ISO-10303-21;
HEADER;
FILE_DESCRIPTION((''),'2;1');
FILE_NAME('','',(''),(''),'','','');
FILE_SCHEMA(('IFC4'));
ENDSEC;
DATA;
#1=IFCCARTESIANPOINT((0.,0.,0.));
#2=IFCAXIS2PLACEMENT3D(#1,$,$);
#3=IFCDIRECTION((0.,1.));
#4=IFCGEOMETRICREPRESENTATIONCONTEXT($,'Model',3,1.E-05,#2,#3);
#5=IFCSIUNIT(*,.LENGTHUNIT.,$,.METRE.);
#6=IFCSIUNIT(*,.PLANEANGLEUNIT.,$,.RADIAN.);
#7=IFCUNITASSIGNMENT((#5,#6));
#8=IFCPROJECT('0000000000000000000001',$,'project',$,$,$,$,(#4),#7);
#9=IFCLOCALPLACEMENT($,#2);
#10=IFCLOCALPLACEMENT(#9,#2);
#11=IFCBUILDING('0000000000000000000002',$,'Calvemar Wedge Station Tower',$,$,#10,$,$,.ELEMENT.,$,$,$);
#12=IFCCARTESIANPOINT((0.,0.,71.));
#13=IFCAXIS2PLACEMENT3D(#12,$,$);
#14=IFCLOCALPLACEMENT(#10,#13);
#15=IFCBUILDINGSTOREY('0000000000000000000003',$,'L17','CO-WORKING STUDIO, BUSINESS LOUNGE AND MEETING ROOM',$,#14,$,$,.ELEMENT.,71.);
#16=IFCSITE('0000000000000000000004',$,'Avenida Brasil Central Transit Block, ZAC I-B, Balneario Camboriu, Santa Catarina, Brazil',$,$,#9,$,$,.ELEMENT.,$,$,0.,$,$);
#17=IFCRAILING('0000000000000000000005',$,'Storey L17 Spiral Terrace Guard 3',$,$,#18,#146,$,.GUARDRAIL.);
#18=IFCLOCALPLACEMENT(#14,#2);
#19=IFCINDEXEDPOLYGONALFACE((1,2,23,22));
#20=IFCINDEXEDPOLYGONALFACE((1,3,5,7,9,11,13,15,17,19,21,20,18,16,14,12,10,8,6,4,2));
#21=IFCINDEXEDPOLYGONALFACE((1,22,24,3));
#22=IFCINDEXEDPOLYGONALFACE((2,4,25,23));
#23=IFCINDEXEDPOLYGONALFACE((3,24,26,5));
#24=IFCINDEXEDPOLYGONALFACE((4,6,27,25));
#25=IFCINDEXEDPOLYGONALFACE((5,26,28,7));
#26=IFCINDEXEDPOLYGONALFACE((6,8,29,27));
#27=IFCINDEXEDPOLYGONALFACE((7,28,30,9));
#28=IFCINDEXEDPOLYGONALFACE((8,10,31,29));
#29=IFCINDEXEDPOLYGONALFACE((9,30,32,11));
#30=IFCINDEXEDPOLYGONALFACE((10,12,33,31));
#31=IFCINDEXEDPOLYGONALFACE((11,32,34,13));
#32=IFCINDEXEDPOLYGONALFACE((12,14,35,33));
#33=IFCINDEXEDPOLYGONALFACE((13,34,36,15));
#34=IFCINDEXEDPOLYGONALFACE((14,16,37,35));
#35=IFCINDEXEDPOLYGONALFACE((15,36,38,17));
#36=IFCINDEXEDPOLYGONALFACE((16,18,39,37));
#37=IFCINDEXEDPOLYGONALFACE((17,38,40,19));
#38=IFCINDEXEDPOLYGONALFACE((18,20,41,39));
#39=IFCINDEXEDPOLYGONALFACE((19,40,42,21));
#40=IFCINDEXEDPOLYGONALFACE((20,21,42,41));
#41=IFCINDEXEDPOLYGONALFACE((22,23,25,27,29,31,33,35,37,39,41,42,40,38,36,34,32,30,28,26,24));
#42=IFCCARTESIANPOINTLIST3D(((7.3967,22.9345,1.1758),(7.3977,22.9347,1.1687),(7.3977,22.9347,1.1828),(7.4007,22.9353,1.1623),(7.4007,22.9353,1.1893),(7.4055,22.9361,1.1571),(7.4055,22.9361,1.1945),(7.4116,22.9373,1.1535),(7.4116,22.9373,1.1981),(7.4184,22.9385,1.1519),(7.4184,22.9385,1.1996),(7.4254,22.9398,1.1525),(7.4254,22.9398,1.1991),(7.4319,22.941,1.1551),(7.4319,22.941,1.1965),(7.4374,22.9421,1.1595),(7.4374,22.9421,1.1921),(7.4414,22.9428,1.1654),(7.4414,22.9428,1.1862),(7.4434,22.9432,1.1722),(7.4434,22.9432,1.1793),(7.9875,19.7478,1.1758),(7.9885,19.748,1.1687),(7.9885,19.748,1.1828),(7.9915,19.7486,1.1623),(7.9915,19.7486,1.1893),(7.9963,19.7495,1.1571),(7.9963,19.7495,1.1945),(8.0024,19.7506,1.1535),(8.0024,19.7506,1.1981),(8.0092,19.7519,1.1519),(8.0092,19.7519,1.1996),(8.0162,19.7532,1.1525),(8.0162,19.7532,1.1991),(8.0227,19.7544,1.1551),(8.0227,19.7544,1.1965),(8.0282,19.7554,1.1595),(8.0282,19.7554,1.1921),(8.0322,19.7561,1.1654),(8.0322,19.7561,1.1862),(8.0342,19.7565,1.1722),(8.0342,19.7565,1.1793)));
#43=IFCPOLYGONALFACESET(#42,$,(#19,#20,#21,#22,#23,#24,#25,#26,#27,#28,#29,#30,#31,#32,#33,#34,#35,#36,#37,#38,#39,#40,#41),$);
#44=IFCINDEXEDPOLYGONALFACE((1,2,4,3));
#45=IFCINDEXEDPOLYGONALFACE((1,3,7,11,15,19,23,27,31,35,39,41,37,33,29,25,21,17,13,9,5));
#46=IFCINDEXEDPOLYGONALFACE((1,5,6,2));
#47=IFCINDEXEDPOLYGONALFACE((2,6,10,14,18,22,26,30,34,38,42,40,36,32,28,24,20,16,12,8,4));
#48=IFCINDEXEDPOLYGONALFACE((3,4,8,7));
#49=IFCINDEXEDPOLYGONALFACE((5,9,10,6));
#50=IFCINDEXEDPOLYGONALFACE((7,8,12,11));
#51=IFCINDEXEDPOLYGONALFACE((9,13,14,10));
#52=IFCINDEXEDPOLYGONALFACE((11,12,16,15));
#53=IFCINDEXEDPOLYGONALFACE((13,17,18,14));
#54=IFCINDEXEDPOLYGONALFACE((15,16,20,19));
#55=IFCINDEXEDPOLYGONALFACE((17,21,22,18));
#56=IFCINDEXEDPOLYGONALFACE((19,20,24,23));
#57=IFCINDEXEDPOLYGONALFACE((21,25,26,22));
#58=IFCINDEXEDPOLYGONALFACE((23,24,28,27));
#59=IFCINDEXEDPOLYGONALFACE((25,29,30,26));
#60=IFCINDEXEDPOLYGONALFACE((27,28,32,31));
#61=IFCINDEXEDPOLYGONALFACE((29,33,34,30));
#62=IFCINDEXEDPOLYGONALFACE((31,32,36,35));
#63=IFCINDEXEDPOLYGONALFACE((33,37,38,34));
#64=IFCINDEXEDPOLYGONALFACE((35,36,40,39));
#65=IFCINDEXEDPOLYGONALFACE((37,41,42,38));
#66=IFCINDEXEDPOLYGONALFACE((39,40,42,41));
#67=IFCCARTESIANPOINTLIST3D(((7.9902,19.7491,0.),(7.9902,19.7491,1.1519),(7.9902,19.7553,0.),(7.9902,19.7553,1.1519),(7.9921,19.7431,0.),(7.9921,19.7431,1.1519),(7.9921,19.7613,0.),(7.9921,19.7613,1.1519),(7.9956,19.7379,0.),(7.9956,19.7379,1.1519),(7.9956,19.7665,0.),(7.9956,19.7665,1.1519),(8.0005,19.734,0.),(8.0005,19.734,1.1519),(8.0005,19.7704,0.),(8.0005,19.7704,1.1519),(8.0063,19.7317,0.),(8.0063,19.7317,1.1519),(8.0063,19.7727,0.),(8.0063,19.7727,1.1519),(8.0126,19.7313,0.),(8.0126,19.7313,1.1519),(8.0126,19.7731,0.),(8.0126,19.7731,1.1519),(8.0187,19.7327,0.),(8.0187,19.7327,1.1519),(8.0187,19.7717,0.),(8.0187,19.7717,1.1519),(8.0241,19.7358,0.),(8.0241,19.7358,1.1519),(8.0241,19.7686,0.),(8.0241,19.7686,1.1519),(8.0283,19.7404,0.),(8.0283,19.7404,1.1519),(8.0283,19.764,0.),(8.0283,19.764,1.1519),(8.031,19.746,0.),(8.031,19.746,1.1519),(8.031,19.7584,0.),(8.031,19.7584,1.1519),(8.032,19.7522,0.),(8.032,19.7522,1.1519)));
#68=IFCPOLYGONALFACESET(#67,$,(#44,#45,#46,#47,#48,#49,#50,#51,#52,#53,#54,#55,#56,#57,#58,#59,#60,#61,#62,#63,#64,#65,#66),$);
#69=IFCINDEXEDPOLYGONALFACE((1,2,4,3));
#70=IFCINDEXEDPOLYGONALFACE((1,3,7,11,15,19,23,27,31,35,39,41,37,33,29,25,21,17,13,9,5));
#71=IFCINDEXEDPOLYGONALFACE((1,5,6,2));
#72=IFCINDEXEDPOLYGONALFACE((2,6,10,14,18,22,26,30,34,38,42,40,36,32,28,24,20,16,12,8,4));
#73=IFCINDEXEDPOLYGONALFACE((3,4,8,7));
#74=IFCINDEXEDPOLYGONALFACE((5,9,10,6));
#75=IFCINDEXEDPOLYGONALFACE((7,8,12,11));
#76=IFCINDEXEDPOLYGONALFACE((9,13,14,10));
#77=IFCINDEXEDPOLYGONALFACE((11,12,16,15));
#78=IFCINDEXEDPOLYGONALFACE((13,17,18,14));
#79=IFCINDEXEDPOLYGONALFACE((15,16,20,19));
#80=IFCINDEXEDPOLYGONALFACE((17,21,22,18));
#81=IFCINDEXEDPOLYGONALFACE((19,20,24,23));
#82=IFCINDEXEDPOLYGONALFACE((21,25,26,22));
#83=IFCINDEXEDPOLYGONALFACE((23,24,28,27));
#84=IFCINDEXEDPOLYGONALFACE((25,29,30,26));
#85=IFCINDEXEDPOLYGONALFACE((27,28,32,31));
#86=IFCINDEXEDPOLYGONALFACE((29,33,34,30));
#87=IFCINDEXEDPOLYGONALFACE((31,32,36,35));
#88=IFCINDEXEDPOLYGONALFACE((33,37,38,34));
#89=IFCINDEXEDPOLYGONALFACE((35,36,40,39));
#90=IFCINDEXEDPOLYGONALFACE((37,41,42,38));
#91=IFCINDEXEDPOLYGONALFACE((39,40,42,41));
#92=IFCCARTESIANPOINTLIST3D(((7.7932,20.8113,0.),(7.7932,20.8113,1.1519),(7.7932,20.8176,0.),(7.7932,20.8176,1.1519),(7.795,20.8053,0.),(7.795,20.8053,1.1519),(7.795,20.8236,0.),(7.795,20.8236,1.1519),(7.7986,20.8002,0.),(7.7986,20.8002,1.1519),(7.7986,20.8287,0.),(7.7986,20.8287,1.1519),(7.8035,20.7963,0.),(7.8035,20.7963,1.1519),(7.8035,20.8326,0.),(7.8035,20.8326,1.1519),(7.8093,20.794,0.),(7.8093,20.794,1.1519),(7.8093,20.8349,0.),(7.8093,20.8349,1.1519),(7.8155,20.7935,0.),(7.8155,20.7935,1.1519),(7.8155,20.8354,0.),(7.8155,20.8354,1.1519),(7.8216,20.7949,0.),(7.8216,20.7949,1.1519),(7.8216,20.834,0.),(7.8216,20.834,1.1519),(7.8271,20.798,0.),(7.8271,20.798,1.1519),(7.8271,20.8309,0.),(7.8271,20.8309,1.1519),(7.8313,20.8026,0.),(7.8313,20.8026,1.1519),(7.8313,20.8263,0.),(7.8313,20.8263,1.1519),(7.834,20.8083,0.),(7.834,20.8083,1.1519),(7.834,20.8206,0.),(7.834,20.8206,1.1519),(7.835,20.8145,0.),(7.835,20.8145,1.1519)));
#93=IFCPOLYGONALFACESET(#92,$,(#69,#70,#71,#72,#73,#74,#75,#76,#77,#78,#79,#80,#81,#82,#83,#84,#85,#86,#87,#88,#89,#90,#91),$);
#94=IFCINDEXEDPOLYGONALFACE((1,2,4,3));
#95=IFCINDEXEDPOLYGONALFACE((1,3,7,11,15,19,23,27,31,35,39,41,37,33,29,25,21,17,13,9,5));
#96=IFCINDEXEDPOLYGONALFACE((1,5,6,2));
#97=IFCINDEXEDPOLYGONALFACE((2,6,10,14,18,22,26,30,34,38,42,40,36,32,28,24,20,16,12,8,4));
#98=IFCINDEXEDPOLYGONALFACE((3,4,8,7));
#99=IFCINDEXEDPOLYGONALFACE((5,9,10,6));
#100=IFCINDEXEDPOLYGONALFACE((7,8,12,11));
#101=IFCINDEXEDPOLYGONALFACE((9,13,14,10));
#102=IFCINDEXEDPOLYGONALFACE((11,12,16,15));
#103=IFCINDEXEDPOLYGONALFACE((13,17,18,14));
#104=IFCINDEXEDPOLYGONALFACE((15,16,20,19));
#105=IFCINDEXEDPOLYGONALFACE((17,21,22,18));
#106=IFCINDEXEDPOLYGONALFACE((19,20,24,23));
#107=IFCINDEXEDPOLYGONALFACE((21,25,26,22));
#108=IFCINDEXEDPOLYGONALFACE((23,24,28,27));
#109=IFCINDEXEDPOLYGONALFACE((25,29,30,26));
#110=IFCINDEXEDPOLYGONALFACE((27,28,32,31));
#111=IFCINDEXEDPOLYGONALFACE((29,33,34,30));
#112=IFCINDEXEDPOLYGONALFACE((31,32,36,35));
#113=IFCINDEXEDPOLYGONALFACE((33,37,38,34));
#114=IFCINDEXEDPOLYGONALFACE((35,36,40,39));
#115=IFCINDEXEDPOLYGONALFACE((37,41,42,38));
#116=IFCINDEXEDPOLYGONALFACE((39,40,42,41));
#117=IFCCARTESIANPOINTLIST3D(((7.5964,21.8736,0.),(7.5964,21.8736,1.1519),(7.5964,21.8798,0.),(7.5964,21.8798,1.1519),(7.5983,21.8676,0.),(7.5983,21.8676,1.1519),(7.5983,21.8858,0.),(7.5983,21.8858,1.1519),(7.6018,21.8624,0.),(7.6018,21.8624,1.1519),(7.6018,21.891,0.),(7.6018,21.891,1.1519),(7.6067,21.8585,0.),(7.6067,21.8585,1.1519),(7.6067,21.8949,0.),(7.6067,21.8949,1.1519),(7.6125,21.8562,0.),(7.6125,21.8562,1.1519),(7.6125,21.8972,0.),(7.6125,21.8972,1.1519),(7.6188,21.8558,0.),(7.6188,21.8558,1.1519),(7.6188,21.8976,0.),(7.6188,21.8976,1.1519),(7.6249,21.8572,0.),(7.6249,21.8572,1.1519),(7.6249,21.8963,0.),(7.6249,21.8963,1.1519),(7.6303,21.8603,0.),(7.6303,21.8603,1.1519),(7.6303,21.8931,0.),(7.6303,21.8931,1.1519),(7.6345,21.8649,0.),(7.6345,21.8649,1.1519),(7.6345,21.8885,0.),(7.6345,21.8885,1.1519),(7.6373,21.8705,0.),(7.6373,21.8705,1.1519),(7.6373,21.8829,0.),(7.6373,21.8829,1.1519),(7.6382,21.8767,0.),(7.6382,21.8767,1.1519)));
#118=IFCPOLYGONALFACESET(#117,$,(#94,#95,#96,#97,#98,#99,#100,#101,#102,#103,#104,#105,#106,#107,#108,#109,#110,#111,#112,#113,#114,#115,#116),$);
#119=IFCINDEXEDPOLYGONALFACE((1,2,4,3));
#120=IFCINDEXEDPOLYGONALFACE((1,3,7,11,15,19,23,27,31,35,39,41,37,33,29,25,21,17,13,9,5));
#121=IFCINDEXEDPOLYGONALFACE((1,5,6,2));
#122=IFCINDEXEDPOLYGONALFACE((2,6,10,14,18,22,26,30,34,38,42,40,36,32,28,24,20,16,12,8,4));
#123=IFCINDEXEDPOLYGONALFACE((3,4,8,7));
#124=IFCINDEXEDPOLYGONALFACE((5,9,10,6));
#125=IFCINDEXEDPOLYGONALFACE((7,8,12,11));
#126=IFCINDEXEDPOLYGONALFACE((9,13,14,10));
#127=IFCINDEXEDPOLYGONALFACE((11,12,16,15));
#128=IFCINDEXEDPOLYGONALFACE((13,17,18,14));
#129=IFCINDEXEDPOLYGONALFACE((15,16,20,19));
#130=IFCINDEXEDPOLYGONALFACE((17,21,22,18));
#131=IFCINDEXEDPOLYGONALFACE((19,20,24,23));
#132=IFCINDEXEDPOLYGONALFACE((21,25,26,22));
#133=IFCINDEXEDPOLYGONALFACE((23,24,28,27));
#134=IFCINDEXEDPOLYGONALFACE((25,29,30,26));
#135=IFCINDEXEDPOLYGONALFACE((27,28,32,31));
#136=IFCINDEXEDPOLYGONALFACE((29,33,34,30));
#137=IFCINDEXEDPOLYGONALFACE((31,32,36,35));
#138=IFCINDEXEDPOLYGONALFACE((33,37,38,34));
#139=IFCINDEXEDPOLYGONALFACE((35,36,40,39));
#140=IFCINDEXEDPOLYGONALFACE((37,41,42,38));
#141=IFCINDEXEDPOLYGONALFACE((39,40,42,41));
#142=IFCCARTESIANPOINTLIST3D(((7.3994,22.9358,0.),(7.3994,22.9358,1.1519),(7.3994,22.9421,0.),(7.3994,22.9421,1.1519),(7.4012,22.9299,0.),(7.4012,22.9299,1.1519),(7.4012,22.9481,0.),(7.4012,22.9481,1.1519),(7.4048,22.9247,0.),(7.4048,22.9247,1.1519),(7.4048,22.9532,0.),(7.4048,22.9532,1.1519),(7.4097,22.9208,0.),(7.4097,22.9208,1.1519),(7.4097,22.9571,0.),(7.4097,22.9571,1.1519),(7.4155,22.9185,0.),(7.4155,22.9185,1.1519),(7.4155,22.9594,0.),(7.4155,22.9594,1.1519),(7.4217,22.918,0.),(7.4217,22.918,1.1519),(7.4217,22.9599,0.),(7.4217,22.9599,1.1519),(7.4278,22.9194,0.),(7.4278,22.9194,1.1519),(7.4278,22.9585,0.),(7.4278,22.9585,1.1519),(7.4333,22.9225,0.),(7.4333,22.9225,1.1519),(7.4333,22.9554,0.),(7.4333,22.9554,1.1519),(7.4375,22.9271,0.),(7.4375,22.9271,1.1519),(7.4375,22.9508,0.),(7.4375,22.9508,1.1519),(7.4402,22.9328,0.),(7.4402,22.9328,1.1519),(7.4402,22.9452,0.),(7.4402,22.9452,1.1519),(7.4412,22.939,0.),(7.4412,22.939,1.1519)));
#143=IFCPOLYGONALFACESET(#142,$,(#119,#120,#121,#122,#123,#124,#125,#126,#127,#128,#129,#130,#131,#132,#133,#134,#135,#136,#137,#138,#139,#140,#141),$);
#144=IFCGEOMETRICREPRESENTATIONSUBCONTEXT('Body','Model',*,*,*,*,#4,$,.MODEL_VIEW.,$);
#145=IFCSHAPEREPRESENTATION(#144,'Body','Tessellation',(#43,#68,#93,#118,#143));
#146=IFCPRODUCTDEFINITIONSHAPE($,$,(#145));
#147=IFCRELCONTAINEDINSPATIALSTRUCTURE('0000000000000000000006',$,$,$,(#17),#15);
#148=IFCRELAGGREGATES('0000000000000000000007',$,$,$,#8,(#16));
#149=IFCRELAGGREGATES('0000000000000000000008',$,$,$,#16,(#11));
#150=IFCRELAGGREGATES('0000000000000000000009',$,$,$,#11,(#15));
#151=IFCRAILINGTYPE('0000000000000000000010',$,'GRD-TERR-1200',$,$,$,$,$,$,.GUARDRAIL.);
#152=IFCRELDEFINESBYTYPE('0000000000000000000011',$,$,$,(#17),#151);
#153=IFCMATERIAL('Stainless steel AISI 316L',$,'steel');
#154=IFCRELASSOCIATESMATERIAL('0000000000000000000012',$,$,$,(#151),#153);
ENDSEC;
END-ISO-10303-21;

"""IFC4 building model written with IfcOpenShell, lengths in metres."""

from ifc_helpers import new_model, si_unit, direction, frame, origin, origin_2d, place, context, subcontext, project, spatial, circle, extrude, material, type_object, element, save


model = new_model("IFC4")

# Units and contexts
model_context = context("Model", 3, precision=1e-05, world=origin(), true_north=direction((0.0, 1.0)))
body_context = subcontext(model_context, "Body", "Model", "MODEL_VIEW")
ifc_project = project(units=[si_unit("LENGTHUNIT", "METRE"), si_unit("PLANEANGLEUNIT", "RADIAN")], contexts=[model_context])

# Site, building, storey
site_placement = place(None, origin())
site = spatial("IfcSite", under=ifc_project, at=site_placement, Name="Avenida Brasil Central Transit Block, ZAC I-B, Balneario Camboriu, Santa Catarina, Brazil", CompositionType="ELEMENT", RefElevation=0.0)
building_placement = place(site_placement, origin())
building = spatial("IfcBuilding", under=site, at=building_placement, Name="Calvemar Wedge Station Tower", CompositionType="ELEMENT")
storey_placement = place(building_placement, frame((0.0, 0.0, 71.0)))
storey = spatial("IfcBuildingStorey", under=building, at=storey_placement, Name="L17", Description="CO-WORKING STUDIO, BUSINESS LOUNGE AND MEETING ROOM", CompositionType="ELEMENT", Elevation=71.0)

# Railing
ifc_material_1 = material(Name="Stainless steel AISI 316L", Category="steel")
railing_type = type_object("IfcRailingType", Name="GRD-TERR-1200", PredefinedType="GUARDRAIL", material=ifc_material_1)
railing_1_placement = place(storey_placement, frame((8.011, 19.7522, 0.0)))
element("IfcRailing", 1, at=railing_1_placement, inside=storey, type_object=railing_type, Name="Storey L17 Spiral Terrace Guard 3", PredefinedType="GUARDRAIL", context=body_context, shape_type="SweptSolid", body=[
    extrude(circle(Radius=0.0239, at=origin_2d()), frame((0.0, 0.0, 1.1758), z_axis=(-0.182292, 0.983245, 0.0), x_axis=(-0.983245, -0.182292, 0.0)), (0.0, 0.0, 1.0), 3.241),
    extrude(circle(Radius=0.021, at=origin_2d()), origin(), (0.0, 0.0, 1.0), 1.1519),
    extrude(circle(Radius=0.021, at=origin_2d()), frame((-0.197, 1.0623, 0.0)), (0.0, 0.0, 1.0), 1.1519),
    extrude(circle(Radius=0.021, at=origin_2d()), frame((-0.3938, 2.1245, 0.0)), (0.0, 0.0, 1.0), 1.1519),
    extrude(circle(Radius=0.021, at=origin_2d()), frame((-0.5908, 3.1868, 0.0)), (0.0, 0.0, 1.0), 1.1519),
])

save(model, "model.ifc")
